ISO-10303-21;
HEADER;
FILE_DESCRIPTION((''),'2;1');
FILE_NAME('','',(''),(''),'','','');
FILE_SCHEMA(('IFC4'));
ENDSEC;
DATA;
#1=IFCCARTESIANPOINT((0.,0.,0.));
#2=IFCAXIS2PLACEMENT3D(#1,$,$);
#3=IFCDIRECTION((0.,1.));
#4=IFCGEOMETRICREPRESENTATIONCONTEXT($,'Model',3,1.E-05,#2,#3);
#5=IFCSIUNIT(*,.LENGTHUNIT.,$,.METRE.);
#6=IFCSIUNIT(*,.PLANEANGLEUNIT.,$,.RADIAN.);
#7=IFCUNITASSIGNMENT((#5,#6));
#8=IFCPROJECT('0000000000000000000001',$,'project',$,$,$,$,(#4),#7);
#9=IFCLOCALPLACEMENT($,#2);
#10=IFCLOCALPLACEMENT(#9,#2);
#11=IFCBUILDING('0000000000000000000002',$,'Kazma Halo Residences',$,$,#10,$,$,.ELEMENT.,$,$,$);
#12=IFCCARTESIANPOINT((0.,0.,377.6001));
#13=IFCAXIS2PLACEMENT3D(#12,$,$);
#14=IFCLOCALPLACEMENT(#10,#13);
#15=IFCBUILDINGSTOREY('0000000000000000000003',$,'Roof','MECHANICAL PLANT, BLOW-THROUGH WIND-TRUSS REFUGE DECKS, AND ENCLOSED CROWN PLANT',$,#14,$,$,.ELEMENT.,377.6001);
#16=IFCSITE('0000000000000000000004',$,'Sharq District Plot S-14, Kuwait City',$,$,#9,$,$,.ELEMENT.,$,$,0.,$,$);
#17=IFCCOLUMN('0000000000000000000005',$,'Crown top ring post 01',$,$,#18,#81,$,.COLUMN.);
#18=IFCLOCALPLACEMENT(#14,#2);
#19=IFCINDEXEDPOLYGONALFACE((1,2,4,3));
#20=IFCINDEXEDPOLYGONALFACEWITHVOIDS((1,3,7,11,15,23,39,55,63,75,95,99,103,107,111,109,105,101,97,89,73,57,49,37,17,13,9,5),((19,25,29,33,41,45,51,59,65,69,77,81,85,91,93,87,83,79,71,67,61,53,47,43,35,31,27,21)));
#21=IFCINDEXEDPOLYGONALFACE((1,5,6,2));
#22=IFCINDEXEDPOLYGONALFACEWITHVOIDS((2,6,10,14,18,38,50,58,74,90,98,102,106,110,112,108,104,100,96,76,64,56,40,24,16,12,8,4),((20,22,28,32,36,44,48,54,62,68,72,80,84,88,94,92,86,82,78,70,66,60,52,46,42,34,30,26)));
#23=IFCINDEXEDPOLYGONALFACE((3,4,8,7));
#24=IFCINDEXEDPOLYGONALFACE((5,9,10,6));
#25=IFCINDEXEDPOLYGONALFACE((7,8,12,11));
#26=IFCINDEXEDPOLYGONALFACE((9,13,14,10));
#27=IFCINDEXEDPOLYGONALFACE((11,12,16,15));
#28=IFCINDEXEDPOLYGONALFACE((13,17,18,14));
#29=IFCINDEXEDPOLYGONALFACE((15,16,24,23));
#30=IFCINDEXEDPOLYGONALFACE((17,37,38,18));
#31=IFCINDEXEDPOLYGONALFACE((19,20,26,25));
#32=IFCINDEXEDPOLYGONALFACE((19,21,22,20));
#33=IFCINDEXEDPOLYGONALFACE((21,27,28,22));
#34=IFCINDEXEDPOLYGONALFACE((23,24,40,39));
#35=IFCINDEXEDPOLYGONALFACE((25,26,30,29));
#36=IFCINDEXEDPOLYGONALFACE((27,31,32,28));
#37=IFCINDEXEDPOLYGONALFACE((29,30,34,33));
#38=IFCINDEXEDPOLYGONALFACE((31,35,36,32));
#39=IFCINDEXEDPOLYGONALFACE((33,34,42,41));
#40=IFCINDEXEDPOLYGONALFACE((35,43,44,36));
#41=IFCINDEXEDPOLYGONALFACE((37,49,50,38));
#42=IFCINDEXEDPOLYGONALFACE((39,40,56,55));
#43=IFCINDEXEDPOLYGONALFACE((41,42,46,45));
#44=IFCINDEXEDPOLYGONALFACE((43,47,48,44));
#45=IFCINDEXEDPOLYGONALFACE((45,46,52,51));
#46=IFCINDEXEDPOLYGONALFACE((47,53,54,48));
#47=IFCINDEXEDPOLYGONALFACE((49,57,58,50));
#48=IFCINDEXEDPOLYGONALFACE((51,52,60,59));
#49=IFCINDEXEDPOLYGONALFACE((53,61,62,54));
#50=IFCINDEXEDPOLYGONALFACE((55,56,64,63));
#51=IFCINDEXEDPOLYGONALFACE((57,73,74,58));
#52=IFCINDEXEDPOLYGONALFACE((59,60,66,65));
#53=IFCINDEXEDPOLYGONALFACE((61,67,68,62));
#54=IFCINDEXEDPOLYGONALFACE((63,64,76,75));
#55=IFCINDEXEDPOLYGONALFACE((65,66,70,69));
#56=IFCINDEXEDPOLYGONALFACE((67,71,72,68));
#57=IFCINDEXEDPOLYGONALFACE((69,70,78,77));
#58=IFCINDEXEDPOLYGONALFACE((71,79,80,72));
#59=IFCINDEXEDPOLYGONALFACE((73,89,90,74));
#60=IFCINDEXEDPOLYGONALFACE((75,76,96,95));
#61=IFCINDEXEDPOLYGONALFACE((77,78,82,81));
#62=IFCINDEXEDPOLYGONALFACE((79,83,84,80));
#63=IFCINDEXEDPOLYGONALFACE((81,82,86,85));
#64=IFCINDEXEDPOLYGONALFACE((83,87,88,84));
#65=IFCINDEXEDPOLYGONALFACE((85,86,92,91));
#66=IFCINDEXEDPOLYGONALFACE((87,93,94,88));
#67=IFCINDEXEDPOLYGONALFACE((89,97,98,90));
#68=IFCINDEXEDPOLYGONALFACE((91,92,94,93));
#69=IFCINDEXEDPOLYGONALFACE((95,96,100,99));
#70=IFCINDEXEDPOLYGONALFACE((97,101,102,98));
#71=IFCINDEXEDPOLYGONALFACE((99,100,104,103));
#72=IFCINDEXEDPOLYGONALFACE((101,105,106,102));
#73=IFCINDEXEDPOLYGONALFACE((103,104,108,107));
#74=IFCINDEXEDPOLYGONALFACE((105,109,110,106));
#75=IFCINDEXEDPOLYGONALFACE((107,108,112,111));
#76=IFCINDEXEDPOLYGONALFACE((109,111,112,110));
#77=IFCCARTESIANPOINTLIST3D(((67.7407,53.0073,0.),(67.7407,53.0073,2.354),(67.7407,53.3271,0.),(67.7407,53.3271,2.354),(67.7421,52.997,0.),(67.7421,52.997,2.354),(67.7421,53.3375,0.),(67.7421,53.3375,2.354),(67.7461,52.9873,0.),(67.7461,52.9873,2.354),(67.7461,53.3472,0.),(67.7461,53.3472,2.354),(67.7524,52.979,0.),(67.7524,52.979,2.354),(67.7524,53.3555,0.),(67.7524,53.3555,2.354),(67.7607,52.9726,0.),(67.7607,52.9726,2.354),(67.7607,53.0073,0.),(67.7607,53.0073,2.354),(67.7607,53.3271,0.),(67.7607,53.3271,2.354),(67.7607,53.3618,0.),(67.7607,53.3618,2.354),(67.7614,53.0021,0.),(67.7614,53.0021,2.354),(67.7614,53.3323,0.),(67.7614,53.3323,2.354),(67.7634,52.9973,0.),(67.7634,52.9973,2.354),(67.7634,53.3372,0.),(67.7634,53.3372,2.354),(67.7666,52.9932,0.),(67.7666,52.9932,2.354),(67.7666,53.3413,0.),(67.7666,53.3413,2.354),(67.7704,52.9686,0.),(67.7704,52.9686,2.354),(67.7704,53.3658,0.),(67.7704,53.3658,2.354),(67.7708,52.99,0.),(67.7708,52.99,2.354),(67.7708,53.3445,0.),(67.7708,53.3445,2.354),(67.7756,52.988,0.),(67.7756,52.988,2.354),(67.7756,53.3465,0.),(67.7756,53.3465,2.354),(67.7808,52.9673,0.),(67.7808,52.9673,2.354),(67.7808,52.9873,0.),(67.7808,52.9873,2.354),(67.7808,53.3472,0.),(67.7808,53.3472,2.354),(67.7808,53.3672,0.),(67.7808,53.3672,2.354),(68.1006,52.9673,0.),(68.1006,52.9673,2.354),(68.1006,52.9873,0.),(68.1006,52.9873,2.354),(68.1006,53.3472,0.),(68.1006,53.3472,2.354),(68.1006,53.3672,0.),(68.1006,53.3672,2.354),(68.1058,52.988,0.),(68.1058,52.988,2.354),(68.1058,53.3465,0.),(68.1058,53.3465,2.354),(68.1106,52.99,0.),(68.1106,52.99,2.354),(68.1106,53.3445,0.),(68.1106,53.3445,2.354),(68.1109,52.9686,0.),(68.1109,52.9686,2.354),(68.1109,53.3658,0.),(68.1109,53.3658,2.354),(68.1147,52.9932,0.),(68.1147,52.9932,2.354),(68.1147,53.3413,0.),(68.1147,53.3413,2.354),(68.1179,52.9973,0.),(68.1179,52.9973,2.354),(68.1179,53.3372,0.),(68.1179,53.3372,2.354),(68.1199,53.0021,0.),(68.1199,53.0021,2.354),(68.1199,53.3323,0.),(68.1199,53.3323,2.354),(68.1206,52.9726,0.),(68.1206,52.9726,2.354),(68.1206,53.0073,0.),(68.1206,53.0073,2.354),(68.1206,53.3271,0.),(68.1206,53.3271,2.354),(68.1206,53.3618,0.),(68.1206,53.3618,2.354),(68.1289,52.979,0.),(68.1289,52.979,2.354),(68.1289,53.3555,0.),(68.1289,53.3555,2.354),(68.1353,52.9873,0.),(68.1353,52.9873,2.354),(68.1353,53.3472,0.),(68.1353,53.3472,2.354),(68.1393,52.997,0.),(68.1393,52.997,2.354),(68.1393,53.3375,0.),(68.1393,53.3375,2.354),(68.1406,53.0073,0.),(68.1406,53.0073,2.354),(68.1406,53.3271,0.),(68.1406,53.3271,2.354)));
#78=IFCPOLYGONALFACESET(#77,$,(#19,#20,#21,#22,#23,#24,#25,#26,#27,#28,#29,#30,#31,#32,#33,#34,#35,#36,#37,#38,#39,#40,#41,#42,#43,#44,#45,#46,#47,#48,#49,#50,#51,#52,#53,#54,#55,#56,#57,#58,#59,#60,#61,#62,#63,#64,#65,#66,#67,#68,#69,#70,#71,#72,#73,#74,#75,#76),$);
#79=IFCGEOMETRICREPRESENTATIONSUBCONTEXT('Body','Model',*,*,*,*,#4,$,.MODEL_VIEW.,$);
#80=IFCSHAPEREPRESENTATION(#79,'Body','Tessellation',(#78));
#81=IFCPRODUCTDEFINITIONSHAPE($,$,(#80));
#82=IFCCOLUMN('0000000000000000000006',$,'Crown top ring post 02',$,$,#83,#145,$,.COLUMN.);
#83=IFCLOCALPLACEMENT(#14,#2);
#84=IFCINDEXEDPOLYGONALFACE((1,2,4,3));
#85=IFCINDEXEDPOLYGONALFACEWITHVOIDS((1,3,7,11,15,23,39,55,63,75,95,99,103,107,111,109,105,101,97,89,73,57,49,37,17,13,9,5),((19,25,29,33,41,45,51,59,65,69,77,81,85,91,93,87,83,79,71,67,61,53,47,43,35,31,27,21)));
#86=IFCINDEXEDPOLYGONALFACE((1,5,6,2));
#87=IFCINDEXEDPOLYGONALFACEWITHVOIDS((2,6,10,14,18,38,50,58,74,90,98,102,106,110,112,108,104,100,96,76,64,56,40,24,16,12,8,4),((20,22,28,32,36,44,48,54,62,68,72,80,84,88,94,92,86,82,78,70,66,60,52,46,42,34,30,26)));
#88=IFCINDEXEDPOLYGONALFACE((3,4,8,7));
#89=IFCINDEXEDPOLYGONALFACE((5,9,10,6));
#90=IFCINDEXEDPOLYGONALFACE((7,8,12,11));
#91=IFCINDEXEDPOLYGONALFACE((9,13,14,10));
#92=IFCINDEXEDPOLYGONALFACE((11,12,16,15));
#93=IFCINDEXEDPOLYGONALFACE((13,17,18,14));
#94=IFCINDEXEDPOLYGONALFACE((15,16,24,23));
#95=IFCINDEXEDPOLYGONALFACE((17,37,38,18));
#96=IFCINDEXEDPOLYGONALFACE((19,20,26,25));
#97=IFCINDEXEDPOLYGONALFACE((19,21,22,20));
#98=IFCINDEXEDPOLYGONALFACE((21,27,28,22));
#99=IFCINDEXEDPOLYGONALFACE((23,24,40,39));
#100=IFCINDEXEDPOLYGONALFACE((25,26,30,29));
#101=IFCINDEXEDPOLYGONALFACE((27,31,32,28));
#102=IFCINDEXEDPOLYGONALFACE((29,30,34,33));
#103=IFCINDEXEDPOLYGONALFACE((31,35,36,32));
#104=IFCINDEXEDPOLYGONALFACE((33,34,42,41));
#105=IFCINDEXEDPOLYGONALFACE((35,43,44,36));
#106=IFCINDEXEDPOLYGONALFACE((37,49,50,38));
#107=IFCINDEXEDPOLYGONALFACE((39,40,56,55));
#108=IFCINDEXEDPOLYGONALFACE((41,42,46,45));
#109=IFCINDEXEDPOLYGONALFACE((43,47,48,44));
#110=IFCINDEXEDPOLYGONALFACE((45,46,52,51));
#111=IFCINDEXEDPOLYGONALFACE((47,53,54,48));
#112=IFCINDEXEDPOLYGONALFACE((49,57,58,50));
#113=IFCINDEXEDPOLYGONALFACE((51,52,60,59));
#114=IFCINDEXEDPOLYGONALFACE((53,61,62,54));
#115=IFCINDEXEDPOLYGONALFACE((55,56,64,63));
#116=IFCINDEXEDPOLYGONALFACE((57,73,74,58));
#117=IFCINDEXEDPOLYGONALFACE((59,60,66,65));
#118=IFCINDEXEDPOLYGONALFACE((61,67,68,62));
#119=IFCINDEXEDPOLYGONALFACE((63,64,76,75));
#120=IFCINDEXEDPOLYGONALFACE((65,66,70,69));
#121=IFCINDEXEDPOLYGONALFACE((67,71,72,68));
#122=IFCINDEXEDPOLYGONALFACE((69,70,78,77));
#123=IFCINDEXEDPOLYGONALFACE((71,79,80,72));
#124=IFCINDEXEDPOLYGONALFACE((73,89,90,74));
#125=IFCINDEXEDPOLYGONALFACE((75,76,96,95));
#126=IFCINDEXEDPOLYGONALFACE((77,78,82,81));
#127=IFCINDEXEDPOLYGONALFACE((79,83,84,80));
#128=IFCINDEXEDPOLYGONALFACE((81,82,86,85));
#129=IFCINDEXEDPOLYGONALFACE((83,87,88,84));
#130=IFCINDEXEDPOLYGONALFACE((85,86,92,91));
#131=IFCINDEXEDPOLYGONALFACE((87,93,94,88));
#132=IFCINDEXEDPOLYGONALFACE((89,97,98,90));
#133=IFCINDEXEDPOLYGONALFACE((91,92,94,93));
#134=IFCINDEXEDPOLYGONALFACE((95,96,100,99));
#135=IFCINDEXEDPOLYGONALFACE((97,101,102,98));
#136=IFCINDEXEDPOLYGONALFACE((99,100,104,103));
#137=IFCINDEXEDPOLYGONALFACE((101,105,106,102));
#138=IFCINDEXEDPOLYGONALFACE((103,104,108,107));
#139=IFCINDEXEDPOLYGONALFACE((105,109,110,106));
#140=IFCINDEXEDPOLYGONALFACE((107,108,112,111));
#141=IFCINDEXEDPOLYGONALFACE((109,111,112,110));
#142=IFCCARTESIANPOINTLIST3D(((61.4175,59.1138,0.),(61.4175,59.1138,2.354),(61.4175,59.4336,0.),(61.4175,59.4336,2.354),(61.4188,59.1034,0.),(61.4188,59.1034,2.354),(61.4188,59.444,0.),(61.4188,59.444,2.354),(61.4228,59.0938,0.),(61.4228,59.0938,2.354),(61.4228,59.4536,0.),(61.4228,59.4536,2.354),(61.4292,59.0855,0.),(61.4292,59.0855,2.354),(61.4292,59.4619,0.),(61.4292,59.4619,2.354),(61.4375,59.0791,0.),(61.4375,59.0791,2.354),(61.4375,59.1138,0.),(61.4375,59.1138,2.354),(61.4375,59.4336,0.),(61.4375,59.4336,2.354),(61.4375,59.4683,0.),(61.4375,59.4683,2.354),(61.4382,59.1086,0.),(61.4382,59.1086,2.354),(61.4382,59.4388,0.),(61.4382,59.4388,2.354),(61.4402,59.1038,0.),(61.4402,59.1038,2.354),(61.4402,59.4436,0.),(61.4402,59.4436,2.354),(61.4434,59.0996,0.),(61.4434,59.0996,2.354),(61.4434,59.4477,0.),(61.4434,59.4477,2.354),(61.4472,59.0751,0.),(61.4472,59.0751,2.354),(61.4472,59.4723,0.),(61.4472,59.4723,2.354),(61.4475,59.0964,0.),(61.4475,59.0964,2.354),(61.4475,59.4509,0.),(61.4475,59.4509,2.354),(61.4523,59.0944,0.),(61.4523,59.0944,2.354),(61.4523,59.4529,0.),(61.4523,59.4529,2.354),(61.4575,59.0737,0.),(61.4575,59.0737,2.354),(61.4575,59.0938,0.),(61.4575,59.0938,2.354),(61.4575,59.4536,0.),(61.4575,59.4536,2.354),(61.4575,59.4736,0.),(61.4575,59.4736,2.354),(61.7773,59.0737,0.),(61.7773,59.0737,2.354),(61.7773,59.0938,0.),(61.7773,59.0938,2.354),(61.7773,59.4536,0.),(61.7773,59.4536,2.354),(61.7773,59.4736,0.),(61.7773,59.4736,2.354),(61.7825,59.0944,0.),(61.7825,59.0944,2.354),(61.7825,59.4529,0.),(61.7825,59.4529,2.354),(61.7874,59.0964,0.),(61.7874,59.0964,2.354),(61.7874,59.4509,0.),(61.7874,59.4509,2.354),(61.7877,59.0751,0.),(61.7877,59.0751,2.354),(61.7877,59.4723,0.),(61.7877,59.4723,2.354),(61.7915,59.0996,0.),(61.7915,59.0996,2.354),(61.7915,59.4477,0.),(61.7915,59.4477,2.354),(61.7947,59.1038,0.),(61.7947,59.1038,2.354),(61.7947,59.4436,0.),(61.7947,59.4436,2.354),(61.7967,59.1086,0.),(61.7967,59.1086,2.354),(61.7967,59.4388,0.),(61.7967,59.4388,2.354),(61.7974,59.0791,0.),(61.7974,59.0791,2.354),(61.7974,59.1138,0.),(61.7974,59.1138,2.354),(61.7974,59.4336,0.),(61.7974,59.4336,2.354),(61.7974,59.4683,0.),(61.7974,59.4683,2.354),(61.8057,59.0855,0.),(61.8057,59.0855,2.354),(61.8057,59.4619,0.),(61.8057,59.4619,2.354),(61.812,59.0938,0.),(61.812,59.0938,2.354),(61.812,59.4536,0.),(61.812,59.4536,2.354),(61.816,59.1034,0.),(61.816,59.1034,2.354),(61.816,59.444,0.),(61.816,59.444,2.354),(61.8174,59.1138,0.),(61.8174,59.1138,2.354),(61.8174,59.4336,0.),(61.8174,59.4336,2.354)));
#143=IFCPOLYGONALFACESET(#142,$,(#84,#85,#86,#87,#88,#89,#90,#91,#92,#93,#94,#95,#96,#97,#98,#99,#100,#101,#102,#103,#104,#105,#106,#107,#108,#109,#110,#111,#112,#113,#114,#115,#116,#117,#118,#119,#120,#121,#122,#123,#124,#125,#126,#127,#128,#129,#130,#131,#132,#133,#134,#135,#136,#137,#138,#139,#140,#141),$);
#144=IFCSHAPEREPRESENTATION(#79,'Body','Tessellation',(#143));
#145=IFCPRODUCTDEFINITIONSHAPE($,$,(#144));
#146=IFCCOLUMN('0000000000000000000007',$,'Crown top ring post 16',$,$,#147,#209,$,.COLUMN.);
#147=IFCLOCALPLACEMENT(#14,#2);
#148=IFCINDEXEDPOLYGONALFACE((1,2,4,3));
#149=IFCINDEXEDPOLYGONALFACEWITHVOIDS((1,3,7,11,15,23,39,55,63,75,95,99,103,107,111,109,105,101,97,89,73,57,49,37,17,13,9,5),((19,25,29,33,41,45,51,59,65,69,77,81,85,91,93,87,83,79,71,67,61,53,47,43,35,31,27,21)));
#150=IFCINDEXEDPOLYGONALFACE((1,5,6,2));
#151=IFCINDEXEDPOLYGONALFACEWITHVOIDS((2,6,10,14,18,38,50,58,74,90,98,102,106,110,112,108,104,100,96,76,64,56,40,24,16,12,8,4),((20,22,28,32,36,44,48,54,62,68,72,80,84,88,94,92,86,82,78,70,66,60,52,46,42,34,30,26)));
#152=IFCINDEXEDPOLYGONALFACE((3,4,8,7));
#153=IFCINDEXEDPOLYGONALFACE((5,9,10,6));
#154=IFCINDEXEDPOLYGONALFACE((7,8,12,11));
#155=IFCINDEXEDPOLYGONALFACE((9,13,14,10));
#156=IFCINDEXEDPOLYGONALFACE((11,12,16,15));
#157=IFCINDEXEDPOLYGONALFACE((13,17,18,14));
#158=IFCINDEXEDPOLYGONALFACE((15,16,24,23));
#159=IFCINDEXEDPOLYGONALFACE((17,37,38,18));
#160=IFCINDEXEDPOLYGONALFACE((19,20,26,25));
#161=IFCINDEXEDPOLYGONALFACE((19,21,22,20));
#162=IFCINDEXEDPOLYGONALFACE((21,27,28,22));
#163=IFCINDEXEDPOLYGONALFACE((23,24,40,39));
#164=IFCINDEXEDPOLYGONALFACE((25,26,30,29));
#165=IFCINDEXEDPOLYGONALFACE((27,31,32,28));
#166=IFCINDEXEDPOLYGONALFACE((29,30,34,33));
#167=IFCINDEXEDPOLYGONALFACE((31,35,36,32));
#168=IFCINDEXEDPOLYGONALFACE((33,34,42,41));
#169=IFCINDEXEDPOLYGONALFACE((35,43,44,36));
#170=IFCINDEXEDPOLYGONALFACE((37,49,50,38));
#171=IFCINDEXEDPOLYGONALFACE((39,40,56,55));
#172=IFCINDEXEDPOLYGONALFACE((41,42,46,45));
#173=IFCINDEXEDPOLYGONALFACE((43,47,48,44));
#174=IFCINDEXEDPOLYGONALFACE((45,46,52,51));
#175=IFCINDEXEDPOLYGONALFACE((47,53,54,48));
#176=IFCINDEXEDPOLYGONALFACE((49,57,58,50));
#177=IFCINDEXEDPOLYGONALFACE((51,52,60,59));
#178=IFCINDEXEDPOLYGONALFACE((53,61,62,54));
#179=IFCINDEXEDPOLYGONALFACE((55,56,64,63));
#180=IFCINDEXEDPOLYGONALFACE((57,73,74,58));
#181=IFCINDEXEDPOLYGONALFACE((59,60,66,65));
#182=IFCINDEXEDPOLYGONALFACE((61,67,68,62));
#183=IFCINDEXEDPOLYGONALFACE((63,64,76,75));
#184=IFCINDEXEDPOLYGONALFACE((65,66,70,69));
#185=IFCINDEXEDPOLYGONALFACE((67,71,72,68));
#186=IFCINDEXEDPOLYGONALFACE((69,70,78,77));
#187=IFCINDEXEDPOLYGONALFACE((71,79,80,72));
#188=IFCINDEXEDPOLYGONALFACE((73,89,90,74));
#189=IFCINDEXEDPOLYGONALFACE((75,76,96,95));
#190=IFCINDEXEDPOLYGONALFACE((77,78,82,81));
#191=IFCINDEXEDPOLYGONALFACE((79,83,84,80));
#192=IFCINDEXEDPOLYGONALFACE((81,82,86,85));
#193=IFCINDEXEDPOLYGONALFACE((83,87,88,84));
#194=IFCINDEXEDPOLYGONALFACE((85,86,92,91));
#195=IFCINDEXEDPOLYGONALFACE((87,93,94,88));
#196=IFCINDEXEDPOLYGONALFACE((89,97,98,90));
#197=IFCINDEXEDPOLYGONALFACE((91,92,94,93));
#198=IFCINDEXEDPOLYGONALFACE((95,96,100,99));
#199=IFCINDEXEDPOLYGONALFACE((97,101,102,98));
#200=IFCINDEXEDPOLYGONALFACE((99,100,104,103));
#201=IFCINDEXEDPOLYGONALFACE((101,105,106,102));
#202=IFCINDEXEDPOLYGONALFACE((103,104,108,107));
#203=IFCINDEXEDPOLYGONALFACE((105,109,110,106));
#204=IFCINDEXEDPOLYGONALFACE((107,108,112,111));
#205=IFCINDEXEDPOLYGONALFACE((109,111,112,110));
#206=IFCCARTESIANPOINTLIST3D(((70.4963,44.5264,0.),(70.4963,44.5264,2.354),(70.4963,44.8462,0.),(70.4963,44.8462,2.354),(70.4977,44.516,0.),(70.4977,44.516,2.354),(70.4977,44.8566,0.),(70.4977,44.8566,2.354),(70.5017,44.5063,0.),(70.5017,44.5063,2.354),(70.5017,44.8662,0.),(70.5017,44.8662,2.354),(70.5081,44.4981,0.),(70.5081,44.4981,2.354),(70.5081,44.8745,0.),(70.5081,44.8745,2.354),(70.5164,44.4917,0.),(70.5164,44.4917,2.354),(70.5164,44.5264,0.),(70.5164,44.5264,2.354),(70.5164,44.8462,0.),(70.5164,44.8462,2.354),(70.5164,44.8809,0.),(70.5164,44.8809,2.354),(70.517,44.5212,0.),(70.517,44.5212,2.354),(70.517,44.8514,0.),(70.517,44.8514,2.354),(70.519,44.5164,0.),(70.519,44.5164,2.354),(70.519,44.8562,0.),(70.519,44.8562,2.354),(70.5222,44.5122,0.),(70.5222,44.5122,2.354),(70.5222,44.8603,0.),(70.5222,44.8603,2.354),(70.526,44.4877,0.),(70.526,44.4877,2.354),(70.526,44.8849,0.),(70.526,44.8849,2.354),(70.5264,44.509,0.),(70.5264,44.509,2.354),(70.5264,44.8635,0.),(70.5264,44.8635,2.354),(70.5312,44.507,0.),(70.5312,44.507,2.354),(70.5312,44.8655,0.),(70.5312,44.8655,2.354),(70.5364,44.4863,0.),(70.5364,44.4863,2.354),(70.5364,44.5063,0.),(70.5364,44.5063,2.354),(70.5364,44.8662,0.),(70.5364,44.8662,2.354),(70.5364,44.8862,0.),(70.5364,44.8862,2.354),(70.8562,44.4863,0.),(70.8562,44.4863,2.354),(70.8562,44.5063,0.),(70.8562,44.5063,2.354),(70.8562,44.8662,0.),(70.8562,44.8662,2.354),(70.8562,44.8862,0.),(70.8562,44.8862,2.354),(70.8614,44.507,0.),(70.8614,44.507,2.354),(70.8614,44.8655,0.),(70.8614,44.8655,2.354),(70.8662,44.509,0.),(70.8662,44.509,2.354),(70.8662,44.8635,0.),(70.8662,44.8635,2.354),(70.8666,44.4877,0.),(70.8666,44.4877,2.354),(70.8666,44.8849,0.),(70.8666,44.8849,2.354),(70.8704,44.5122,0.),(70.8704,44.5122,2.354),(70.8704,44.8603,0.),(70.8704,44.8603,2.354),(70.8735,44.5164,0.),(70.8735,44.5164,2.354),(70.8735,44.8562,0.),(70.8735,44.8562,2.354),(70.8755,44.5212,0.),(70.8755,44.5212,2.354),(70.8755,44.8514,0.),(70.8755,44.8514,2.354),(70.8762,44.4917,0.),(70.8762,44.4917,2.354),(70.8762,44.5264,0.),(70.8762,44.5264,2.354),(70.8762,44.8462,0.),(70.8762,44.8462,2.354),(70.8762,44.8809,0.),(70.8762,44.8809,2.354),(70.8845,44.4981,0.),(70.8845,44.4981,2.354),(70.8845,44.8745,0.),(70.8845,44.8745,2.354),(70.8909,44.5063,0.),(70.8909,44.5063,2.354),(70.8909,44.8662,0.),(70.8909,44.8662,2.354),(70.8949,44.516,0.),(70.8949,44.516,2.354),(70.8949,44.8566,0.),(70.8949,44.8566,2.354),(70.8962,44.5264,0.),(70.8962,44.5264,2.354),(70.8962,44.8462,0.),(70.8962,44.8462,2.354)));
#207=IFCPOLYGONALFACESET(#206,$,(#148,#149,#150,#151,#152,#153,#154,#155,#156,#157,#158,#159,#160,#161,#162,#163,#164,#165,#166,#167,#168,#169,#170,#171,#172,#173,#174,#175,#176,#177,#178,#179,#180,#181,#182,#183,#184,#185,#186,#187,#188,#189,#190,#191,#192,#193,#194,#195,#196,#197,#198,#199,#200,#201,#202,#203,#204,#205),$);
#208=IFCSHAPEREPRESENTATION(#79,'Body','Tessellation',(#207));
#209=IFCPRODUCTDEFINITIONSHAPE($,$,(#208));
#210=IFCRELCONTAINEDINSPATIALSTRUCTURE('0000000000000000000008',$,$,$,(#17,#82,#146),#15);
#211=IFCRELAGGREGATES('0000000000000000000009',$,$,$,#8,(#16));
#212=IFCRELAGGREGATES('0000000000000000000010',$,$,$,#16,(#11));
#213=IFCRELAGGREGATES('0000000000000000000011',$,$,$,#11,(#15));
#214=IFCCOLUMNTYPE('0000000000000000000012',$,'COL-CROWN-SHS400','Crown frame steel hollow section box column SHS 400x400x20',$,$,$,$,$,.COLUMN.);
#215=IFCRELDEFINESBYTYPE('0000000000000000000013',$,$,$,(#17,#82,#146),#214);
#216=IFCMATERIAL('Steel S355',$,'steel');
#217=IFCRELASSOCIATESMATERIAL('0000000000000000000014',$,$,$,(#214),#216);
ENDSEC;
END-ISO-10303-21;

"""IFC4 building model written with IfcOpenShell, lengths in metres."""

from ifc_helpers import new_model, si_unit, direction, frame, origin, origin_2d, place, context, subcontext, project, spatial, hollow_rectangle, extrude, material, material_profile, profile_set, type_object, element, save


model = new_model("IFC4")

# Units and contexts
model_context = context("Model", 3, precision=1e-05, world=origin(), true_north=direction((0.0, 1.0)))
body_context = subcontext(model_context, "Body", "Model", "MODEL_VIEW")
ifc_project = project(units=[si_unit("LENGTHUNIT", "METRE"), si_unit("PLANEANGLEUNIT", "RADIAN")], contexts=[model_context])

# Site, building, storey
site_placement = place(None, origin())
site = spatial("IfcSite", under=ifc_project, at=site_placement, Name="Sharq District Plot S-14, Kuwait City", CompositionType="ELEMENT", RefElevation=0.0)
building_placement = place(site_placement, origin())
building = spatial("IfcBuilding", under=site, at=building_placement, Name="Kazma Halo Residences", CompositionType="ELEMENT")
storey_placement = place(building_placement, frame((0.0, 0.0, 377.6001)))
storey = spatial("IfcBuildingStorey", under=building, at=storey_placement, Name="Roof", Description="MECHANICAL PLANT, BLOW-THROUGH WIND-TRUSS REFUGE DECKS, AND ENCLOSED CROWN PLANT", CompositionType="ELEMENT", Elevation=377.6001)

# Columns
ifc_material_1 = material(Name="Steel S355", Category="steel")
ifc_material_profile_1 = material_profile(ifc_material_1, hollow_rectangle(XDim=0.3999, YDim=0.3999, WallThickness=0.02, InnerFilletRadius=0.02, OuterFilletRadius=0.04, at=origin_2d()), Name="SHS400x400x20")
ifc_profile_set_1 = profile_set([ifc_material_profile_1], Name="Steel S355")
column_type = type_object("IfcColumnType", Name="COL-CROWN-SHS400", Description="Crown frame steel hollow section box column SHS 400x400x20", PredefinedType="COLUMN", material=ifc_profile_set_1)
for number, where, z_axis, x_axis, name in (
    (1, (67.9407, 53.1672, 0.0), (0.0, 0.0, 1.0), (1.0, 0.0, 0.0), "Crown top ring post 01"),
    (2, (61.6174, 59.2737, 0.0), (0.0, 0.0, 1.0), (1.0, 0.0, 0.0), "Crown top ring post 02"),
    (3, (70.6963, 44.6863, 0.0), (0.0, 0.0, 1.0), (1.0, 0.0, 0.0), "Crown top ring post 16"),
):
    element("IfcColumn", number, at=place(storey_placement, frame(where, z_axis=z_axis, x_axis=x_axis)), inside=storey, type_object=column_type, Name=name, PredefinedType="COLUMN", context=body_context, shape_type="SweptSolid", body=[
        extrude(hollow_rectangle(XDim=0.3999, YDim=0.3999, WallThickness=0.02, InnerFilletRadius=0.02, OuterFilletRadius=0.04, at=origin_2d()), origin(), (0.0, 0.0, 1.0), 2.354),
    ])

save(model, "model.ifc")
